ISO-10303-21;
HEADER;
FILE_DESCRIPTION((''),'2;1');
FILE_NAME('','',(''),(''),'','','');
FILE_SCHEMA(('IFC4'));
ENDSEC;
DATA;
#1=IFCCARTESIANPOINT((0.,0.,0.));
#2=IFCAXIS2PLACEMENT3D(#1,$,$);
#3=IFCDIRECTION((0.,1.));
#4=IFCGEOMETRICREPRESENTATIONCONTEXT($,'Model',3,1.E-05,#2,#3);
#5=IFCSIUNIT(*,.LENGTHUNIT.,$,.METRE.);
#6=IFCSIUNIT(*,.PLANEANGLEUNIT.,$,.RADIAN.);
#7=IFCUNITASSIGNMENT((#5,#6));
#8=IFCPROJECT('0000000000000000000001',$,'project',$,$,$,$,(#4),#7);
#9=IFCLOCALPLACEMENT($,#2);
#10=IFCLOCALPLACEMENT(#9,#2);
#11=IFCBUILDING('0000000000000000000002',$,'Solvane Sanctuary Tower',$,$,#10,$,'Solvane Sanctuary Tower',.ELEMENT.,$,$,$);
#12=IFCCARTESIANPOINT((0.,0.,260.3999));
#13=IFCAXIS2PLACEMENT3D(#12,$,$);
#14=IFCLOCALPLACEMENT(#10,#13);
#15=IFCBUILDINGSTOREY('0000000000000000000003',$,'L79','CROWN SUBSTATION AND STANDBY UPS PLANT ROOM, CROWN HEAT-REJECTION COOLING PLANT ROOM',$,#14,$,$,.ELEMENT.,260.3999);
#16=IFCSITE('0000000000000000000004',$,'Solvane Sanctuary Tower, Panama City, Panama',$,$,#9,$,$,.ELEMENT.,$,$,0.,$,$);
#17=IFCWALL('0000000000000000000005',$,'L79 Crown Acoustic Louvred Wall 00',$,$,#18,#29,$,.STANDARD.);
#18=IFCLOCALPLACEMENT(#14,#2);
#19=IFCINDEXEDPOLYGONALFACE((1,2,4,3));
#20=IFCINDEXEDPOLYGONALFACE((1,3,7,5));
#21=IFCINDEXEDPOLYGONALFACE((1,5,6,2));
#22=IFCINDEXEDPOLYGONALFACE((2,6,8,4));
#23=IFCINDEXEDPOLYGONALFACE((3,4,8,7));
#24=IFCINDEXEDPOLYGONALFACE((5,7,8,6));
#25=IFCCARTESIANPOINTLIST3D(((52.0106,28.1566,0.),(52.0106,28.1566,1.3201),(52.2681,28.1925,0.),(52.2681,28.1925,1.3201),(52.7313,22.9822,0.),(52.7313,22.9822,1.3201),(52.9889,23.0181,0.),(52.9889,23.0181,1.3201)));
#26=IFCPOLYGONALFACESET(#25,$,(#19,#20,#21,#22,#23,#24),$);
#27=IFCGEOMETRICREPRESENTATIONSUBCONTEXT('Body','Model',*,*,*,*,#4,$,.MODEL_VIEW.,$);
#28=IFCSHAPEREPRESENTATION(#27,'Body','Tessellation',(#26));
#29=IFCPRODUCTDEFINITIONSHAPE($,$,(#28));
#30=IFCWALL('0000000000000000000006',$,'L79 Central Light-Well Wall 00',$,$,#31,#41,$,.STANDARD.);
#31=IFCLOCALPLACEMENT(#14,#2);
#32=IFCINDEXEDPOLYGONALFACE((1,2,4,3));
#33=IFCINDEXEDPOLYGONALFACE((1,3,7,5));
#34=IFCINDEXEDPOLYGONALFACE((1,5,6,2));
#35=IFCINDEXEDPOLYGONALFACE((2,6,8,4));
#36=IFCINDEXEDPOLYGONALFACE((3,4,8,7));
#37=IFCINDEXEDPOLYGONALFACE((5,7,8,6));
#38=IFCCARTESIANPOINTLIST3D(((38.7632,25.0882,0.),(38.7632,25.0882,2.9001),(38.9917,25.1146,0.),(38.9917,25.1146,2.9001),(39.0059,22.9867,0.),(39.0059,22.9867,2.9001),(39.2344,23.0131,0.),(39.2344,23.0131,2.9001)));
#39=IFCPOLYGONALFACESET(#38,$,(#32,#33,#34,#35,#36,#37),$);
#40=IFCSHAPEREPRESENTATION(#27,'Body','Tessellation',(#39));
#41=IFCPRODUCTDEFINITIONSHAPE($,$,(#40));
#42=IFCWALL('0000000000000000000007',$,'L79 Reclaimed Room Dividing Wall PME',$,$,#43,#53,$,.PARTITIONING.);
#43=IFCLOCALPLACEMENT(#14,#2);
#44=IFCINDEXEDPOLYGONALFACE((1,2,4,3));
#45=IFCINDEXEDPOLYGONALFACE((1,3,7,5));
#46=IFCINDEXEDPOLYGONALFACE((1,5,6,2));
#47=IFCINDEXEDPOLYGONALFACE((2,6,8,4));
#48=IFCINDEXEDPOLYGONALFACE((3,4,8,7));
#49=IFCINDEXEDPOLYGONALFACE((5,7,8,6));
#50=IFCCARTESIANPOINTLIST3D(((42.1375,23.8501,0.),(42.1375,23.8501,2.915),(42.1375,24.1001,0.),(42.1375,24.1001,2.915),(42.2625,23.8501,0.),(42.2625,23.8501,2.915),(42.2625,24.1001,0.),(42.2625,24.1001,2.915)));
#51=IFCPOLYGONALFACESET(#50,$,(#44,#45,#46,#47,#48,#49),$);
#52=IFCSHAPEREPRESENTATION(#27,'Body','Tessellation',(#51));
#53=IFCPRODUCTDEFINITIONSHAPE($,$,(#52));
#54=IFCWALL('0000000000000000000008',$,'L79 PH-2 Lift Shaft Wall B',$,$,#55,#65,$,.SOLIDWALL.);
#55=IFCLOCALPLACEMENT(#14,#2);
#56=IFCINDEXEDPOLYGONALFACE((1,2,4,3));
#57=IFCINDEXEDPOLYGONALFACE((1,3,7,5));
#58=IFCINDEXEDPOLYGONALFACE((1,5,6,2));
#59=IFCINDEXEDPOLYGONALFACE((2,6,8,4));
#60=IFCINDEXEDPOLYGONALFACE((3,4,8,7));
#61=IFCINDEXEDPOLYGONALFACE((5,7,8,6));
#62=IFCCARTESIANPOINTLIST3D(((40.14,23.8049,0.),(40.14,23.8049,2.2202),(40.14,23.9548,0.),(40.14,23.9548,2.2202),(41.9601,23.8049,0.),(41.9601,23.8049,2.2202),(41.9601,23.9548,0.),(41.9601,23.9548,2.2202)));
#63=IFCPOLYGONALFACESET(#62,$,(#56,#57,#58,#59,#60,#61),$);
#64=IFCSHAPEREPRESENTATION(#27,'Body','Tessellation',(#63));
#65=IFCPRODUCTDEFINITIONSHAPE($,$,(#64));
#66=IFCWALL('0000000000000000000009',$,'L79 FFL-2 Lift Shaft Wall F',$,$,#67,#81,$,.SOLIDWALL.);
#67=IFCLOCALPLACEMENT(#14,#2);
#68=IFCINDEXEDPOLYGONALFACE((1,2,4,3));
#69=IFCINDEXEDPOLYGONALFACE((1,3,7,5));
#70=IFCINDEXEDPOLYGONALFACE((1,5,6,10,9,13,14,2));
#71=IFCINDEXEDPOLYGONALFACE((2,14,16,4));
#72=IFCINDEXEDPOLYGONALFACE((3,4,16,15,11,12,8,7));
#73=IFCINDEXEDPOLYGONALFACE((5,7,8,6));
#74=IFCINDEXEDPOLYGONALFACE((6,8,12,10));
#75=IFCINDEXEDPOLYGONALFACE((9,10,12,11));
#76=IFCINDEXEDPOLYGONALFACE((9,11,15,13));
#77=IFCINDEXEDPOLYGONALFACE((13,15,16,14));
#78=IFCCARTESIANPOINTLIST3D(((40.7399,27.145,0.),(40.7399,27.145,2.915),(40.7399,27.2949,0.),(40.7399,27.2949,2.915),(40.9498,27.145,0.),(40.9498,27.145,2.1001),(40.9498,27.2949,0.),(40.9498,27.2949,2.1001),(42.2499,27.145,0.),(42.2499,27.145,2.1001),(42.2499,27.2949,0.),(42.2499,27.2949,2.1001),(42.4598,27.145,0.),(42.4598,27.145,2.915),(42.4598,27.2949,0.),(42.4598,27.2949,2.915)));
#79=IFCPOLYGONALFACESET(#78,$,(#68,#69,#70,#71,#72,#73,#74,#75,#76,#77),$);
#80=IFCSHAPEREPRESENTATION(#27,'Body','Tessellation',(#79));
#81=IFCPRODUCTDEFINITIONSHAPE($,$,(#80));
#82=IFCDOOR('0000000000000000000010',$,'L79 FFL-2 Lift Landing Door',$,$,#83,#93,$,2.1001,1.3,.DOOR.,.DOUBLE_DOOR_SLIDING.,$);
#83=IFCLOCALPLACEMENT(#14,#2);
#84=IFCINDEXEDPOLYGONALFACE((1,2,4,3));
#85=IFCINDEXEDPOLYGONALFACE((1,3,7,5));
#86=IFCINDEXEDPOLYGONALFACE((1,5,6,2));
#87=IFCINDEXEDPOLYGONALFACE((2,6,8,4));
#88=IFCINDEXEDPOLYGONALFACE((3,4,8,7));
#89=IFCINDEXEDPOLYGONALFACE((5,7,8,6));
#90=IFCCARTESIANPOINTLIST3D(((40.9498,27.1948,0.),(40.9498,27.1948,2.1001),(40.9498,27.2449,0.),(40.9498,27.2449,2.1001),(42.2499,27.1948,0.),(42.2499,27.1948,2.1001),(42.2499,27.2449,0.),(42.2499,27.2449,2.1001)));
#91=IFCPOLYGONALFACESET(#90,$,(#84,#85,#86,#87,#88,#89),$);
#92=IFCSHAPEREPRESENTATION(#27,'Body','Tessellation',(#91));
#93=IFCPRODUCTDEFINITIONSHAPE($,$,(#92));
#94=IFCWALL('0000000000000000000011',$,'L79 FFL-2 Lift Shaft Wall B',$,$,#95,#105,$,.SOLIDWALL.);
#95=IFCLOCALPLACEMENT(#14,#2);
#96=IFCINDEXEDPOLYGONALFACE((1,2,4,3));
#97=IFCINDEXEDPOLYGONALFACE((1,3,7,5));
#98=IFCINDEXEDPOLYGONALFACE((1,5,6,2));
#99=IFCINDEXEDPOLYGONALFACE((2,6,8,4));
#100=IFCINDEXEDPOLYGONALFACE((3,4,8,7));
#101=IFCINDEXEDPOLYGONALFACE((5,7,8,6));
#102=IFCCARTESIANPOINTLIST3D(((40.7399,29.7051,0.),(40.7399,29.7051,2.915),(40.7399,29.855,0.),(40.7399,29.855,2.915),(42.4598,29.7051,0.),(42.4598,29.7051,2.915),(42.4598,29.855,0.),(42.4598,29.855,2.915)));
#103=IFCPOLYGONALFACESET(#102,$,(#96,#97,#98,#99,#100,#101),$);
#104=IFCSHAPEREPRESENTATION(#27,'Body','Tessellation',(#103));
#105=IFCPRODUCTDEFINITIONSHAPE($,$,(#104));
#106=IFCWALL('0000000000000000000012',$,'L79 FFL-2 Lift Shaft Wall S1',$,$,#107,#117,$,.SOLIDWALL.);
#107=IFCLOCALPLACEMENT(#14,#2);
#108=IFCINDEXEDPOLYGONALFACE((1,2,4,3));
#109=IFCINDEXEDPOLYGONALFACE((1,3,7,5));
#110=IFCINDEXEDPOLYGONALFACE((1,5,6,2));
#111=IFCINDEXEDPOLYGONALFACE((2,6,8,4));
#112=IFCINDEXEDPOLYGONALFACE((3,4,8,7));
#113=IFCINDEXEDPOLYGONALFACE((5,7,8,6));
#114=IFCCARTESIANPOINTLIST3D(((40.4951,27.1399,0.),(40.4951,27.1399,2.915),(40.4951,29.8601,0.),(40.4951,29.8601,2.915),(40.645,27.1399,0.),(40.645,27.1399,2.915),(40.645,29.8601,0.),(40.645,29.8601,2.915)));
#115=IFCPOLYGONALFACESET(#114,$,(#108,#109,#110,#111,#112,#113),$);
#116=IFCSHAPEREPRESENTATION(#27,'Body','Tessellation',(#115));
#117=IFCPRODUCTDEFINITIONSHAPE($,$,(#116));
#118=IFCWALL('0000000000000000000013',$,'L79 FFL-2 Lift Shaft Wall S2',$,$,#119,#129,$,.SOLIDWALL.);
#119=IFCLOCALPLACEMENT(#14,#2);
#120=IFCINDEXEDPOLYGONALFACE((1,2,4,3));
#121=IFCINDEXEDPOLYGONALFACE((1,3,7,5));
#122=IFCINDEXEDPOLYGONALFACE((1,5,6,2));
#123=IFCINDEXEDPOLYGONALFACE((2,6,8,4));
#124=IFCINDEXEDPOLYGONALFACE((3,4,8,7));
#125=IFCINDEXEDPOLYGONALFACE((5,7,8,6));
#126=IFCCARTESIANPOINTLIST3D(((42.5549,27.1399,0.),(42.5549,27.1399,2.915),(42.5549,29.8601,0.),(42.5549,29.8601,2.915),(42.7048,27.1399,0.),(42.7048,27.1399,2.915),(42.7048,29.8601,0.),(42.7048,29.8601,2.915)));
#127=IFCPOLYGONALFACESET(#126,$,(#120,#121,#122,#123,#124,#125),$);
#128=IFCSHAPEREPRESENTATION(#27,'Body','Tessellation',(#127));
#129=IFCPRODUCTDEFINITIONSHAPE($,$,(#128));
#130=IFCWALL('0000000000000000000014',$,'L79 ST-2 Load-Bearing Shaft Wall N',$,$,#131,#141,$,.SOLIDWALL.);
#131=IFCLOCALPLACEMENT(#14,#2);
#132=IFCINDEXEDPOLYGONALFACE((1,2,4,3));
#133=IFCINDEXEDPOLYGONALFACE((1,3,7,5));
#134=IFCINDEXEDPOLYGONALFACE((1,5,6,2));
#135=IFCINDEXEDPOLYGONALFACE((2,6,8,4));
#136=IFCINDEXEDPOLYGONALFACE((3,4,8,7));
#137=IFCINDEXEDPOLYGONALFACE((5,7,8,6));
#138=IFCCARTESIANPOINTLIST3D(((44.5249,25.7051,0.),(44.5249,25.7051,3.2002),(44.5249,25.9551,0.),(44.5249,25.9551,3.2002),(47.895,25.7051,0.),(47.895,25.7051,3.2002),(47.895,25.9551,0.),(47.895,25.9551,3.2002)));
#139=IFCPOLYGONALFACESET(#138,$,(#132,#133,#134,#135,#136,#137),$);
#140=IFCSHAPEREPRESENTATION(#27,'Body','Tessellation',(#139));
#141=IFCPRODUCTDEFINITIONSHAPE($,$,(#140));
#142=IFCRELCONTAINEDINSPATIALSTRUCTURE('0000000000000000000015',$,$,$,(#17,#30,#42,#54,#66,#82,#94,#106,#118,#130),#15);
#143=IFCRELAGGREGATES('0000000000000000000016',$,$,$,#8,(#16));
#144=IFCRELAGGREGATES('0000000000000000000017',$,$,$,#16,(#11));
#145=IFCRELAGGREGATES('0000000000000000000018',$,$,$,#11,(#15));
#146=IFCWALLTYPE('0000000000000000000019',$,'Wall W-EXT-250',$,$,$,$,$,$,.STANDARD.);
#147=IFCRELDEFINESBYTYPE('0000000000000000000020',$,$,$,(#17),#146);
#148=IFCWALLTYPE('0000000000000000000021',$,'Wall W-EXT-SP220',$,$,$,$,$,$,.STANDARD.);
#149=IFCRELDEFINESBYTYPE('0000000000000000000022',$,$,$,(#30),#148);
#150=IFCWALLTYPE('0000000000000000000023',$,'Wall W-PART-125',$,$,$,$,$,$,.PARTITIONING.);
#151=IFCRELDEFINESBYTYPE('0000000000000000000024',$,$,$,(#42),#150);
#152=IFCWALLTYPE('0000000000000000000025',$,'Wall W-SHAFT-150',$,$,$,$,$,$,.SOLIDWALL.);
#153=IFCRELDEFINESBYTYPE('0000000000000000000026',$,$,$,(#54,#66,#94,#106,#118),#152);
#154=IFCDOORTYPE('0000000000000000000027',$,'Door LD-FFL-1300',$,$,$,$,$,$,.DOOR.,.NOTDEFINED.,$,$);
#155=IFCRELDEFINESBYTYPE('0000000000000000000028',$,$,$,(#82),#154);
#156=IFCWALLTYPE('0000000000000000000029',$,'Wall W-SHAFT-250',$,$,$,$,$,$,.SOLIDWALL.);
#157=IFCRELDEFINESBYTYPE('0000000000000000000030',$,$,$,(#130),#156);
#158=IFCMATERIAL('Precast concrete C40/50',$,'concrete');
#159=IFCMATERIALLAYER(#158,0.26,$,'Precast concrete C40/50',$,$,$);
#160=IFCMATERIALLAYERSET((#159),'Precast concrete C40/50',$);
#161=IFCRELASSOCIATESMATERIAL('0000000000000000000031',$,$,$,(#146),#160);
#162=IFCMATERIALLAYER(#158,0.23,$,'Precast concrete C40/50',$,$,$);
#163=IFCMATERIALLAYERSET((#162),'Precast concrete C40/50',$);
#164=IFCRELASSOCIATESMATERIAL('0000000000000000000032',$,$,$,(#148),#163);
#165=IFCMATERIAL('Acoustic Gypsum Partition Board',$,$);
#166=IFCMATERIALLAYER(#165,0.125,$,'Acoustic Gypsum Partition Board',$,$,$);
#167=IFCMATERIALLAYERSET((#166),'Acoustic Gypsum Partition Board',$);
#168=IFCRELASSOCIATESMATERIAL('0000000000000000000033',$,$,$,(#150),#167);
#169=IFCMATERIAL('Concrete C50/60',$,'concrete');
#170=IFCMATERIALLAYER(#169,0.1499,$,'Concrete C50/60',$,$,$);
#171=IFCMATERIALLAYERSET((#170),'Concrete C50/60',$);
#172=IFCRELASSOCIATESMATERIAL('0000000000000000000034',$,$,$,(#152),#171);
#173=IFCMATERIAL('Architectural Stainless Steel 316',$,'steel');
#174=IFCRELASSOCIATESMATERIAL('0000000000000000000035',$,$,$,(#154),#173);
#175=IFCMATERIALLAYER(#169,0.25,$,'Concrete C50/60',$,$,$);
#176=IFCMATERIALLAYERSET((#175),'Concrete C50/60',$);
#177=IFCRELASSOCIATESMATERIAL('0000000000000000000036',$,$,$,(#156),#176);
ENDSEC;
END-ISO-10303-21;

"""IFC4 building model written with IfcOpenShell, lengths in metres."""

from ifc_helpers import new_model, si_unit, direction, frame, frame_2d, origin, place, context, subcontext, project, spatial, rectangle, extrude, material, layer, layer_set, type_object, element, fill, save


model = new_model("IFC4")

# Units and contexts
model_context = context("Model", 3, precision=1e-05, world=origin(), true_north=direction((0.0, 1.0)))
body_context = subcontext(model_context, "Body", "Model", "MODEL_VIEW")
ifc_project = project(units=[si_unit("LENGTHUNIT", "METRE"), si_unit("PLANEANGLEUNIT", "RADIAN")], contexts=[model_context])

# Site, building, storey
site_placement = place(None, origin())
site = spatial("IfcSite", under=ifc_project, at=site_placement, Name="Solvane Sanctuary Tower, Panama City, Panama", CompositionType="ELEMENT", RefElevation=0.0)
building_placement = place(site_placement, origin())
building = spatial("IfcBuilding", under=site, at=building_placement, Name="Solvane Sanctuary Tower", LongName="Solvane Sanctuary Tower", CompositionType="ELEMENT")
storey_placement = place(building_placement, frame((0.0, 0.0, 260.3999)))
storey = spatial("IfcBuildingStorey", under=building, at=storey_placement, Name="L79", Description="CROWN SUBSTATION AND STANDBY UPS PLANT ROOM, CROWN HEAT-REJECTION COOLING PLANT ROOM", CompositionType="ELEMENT", Elevation=260.3999)

# Shared definitions
ifc_material_1 = material(Name="Concrete C50/60", Category="concrete")
ifc_material_2 = material(Name="Acoustic Gypsum Partition Board")

# Shared definitions
ifc_material_3 = material(Name="Architectural Stainless Steel 316", Category="steel")

# Walls
ifc_material_4 = material(Name="Precast concrete C40/50", Category="concrete")
ifc_layer_1 = layer(ifc_material_4, 0.26, Name="Precast concrete C40/50")
ifc_layer_set_1 = layer_set([ifc_layer_1], Name="Precast concrete C40/50")
wall_type_1 = type_object("IfcWallType", Name="Wall W-EXT-250", PredefinedType="STANDARD", material=ifc_layer_set_1)
wall_1_placement = place(storey_placement, frame((52.8601, 23.0, 0.0), z_axis=(0.0, 0.0, 1.0), x_axis=(-0.137953, 0.990439, 0.0)))
element("IfcWall", 1, at=wall_1_placement, inside=storey, type_object=wall_type_1, Name="L79 Crown Acoustic Louvred Wall 00", PredefinedType="STANDARD", context=body_context, shape_type="SweptSolid", body=[
    extrude(rectangle(XDim=5.2244, YDim=0.26, at=frame_2d((2.6123, 0.0))), origin(), (0.0, 0.0, 1.0), 1.3201),
])
ifc_layer_2 = layer(ifc_material_4, 0.23, Name="Precast concrete C40/50")
ifc_layer_set_2 = layer_set([ifc_layer_2], Name="Precast concrete C40/50")
wall_type_2 = type_object("IfcWallType", Name="Wall W-EXT-SP220", PredefinedType="STANDARD", material=ifc_layer_set_2)
wall_2_placement = place(storey_placement, frame((39.1201, 23.0, 0.0), z_axis=(0.0, 0.0, 1.0), x_axis=(-0.114712, 0.993399, 0.0)))
element("IfcWall", 2, at=wall_2_placement, inside=storey, type_object=wall_type_2, Name="L79 Central Light-Well Wall 00", PredefinedType="STANDARD", context=body_context, shape_type="SweptSolid", body=[
    extrude(rectangle(XDim=2.1155, YDim=0.23, at=frame_2d((1.0576, 0.0))), origin(), (0.0, 0.0, 1.0), 2.9001),
])
ifc_layer_3 = layer(ifc_material_2, 0.125, Name="Acoustic Gypsum Partition Board")
ifc_layer_set_3 = layer_set([ifc_layer_3], Name="Acoustic Gypsum Partition Board")
wall_type_3 = type_object("IfcWallType", Name="Wall W-PART-125", PredefinedType="PARTITIONING", material=ifc_layer_set_3)
wall_3_placement = place(storey_placement, frame((42.2, 23.8501, 0.0), z_axis=(0.0, 0.0, 1.0), x_axis=(0.0, 1.0, 0.0)))
element("IfcWall", 3, at=wall_3_placement, inside=storey, type_object=wall_type_3, Name="L79 Reclaimed Room Dividing Wall PME", PredefinedType="PARTITIONING", context=body_context, shape_type="SweptSolid", body=[
    extrude(rectangle(XDim=0.25, YDim=0.125, at=frame_2d((0.125, 0.0))), origin(), (0.0, 0.0, 1.0), 2.915),
])
ifc_layer_4 = layer(ifc_material_1, 0.1499, Name="Concrete C50/60")
ifc_layer_set_4 = layer_set([ifc_layer_4], Name="Concrete C50/60")
wall_type_4 = type_object("IfcWallType", Name="Wall W-SHAFT-150", PredefinedType="SOLIDWALL", material=ifc_layer_set_4)
wall_4_placement = place(storey_placement, frame((40.1399, 23.8799, 0.0), z_axis=(0.0, 0.0, 1.0), x_axis=(1.0, 0.0, 0.0)))
element("IfcWall", 4, at=wall_4_placement, inside=storey, type_object=wall_type_4, Name="L79 PH-2 Lift Shaft Wall B", PredefinedType="SOLIDWALL", context=body_context, shape_type="SweptSolid", body=[
    extrude(rectangle(XDim=1.8201, YDim=0.1499, at=frame_2d((0.9102, 0.0))), origin(), (0.0, 0.0, 1.0), 2.2202),
])

# Wall, opening, door
wall_5_placement = place(storey_placement, frame((40.74, 27.22, 0.0), z_axis=(0.0, 0.0, 1.0), x_axis=(1.0, 0.0, 0.0)))
wall_5 = element("IfcWall", 5, at=wall_5_placement, inside=storey, type_object=wall_type_4, Name="L79 FFL-2 Lift Shaft Wall F", PredefinedType="SOLIDWALL", context=body_context, shape_type="SweptSolid", body=[
    extrude(rectangle(XDim=1.72, YDim=0.1499, at=frame_2d((0.8599, 0.0))), origin(), (0.0, 0.0, 1.0), 2.915),
])
opening_1_placement = place(wall_5_placement, frame((0.21, 0.0, 0.0)))
opening_1 = element("IfcOpeningElement", 6, at=opening_1_placement, cuts=wall_5, PredefinedType="OPENING", context=body_context, shape_type="SweptSolid", body=[
    extrude(rectangle(XDim=1.3, YDim=2.1001, at=frame_2d((0.6499, 1.05))), frame((0.0, 0.085, 0.0), z_axis=(0.0, -1.0, 0.0), x_axis=(1.0, 0.0, 0.0)), (0.0, 0.0, 1.0), 0.1699),
])
door_type_1 = type_object("IfcDoorType", Name="Door LD-FFL-1300", OperationType="NOTDEFINED", PredefinedType="DOOR", material=ifc_material_3)
door_1_placement = place(opening_1_placement, origin())
door_1 = element("IfcDoor", 7, at=door_1_placement, inside=storey, type_object=door_type_1, Name="L79 FFL-2 Lift Landing Door", OperationType="DOUBLE_DOOR_SLIDING", OverallHeight=2.1001, OverallWidth=1.3, PredefinedType="DOOR", context=body_context, shape_type="SweptSolid", body=[
    extrude(rectangle(XDim=1.3, YDim=2.1001, at=frame_2d((0.6499, 1.05))), frame((0.0, 0.0249, 0.0), z_axis=(0.0, -1.0, 0.0), x_axis=(1.0, 0.0, 0.0)), (0.0, 0.0, 1.0), 0.05),
])
fill(opening_1, door_1)

# Walls
wall_6_placement = place(storey_placement, frame((40.74, 29.78, 0.0), z_axis=(0.0, 0.0, 1.0), x_axis=(1.0, 0.0, 0.0)))
element("IfcWall", 8, at=wall_6_placement, inside=storey, type_object=wall_type_4, Name="L79 FFL-2 Lift Shaft Wall B", PredefinedType="SOLIDWALL", context=body_context, shape_type="SweptSolid", body=[
    extrude(rectangle(XDim=1.72, YDim=0.1499, at=frame_2d((0.8599, 0.0))), origin(), (0.0, 0.0, 1.0), 2.915),
])
for number, where, z_axis, x_axis, name in (
    (9, (40.5701, 27.1399, 0.0), (0.0, 0.0, 1.0), (0.0, 1.0, 0.0), "L79 FFL-2 Lift Shaft Wall S1"),
    (10, (42.6299, 27.1399, 0.0), (0.0, 0.0, 1.0), (0.0, 1.0, 0.0), "L79 FFL-2 Lift Shaft Wall S2"),
):
    element("IfcWall", number, at=place(storey_placement, frame(where, z_axis=z_axis, x_axis=x_axis)), inside=storey, type_object=wall_type_4, Name=name, PredefinedType="SOLIDWALL", context=body_context, shape_type="SweptSolid", body=[
        extrude(rectangle(XDim=2.7202, YDim=0.1499, at=frame_2d((1.3601, 0.0))), origin(), (0.0, 0.0, 1.0), 2.915),
    ])
ifc_layer_5 = layer(ifc_material_1, 0.25, Name="Concrete C50/60")
ifc_layer_set_5 = layer_set([ifc_layer_5], Name="Concrete C50/60")
wall_type_5 = type_object("IfcWallType", Name="Wall W-SHAFT-250", PredefinedType="SOLIDWALL", material=ifc_layer_set_5)
wall_7_placement = place(storey_placement, frame((44.5249, 25.8301, 0.0), z_axis=(0.0, 0.0, 1.0), x_axis=(1.0, 0.0, 0.0)))
element("IfcWall", 11, at=wall_7_placement, inside=storey, type_object=wall_type_5, Name="L79 ST-2 Load-Bearing Shaft Wall N", PredefinedType="SOLIDWALL", context=body_context, shape_type="SweptSolid", body=[
    extrude(rectangle(XDim=3.3701, YDim=0.25, at=frame_2d((1.6851, 0.0))), origin(), (0.0, 0.0, 1.0), 3.2002),
])

save(model, "model.ifc")
